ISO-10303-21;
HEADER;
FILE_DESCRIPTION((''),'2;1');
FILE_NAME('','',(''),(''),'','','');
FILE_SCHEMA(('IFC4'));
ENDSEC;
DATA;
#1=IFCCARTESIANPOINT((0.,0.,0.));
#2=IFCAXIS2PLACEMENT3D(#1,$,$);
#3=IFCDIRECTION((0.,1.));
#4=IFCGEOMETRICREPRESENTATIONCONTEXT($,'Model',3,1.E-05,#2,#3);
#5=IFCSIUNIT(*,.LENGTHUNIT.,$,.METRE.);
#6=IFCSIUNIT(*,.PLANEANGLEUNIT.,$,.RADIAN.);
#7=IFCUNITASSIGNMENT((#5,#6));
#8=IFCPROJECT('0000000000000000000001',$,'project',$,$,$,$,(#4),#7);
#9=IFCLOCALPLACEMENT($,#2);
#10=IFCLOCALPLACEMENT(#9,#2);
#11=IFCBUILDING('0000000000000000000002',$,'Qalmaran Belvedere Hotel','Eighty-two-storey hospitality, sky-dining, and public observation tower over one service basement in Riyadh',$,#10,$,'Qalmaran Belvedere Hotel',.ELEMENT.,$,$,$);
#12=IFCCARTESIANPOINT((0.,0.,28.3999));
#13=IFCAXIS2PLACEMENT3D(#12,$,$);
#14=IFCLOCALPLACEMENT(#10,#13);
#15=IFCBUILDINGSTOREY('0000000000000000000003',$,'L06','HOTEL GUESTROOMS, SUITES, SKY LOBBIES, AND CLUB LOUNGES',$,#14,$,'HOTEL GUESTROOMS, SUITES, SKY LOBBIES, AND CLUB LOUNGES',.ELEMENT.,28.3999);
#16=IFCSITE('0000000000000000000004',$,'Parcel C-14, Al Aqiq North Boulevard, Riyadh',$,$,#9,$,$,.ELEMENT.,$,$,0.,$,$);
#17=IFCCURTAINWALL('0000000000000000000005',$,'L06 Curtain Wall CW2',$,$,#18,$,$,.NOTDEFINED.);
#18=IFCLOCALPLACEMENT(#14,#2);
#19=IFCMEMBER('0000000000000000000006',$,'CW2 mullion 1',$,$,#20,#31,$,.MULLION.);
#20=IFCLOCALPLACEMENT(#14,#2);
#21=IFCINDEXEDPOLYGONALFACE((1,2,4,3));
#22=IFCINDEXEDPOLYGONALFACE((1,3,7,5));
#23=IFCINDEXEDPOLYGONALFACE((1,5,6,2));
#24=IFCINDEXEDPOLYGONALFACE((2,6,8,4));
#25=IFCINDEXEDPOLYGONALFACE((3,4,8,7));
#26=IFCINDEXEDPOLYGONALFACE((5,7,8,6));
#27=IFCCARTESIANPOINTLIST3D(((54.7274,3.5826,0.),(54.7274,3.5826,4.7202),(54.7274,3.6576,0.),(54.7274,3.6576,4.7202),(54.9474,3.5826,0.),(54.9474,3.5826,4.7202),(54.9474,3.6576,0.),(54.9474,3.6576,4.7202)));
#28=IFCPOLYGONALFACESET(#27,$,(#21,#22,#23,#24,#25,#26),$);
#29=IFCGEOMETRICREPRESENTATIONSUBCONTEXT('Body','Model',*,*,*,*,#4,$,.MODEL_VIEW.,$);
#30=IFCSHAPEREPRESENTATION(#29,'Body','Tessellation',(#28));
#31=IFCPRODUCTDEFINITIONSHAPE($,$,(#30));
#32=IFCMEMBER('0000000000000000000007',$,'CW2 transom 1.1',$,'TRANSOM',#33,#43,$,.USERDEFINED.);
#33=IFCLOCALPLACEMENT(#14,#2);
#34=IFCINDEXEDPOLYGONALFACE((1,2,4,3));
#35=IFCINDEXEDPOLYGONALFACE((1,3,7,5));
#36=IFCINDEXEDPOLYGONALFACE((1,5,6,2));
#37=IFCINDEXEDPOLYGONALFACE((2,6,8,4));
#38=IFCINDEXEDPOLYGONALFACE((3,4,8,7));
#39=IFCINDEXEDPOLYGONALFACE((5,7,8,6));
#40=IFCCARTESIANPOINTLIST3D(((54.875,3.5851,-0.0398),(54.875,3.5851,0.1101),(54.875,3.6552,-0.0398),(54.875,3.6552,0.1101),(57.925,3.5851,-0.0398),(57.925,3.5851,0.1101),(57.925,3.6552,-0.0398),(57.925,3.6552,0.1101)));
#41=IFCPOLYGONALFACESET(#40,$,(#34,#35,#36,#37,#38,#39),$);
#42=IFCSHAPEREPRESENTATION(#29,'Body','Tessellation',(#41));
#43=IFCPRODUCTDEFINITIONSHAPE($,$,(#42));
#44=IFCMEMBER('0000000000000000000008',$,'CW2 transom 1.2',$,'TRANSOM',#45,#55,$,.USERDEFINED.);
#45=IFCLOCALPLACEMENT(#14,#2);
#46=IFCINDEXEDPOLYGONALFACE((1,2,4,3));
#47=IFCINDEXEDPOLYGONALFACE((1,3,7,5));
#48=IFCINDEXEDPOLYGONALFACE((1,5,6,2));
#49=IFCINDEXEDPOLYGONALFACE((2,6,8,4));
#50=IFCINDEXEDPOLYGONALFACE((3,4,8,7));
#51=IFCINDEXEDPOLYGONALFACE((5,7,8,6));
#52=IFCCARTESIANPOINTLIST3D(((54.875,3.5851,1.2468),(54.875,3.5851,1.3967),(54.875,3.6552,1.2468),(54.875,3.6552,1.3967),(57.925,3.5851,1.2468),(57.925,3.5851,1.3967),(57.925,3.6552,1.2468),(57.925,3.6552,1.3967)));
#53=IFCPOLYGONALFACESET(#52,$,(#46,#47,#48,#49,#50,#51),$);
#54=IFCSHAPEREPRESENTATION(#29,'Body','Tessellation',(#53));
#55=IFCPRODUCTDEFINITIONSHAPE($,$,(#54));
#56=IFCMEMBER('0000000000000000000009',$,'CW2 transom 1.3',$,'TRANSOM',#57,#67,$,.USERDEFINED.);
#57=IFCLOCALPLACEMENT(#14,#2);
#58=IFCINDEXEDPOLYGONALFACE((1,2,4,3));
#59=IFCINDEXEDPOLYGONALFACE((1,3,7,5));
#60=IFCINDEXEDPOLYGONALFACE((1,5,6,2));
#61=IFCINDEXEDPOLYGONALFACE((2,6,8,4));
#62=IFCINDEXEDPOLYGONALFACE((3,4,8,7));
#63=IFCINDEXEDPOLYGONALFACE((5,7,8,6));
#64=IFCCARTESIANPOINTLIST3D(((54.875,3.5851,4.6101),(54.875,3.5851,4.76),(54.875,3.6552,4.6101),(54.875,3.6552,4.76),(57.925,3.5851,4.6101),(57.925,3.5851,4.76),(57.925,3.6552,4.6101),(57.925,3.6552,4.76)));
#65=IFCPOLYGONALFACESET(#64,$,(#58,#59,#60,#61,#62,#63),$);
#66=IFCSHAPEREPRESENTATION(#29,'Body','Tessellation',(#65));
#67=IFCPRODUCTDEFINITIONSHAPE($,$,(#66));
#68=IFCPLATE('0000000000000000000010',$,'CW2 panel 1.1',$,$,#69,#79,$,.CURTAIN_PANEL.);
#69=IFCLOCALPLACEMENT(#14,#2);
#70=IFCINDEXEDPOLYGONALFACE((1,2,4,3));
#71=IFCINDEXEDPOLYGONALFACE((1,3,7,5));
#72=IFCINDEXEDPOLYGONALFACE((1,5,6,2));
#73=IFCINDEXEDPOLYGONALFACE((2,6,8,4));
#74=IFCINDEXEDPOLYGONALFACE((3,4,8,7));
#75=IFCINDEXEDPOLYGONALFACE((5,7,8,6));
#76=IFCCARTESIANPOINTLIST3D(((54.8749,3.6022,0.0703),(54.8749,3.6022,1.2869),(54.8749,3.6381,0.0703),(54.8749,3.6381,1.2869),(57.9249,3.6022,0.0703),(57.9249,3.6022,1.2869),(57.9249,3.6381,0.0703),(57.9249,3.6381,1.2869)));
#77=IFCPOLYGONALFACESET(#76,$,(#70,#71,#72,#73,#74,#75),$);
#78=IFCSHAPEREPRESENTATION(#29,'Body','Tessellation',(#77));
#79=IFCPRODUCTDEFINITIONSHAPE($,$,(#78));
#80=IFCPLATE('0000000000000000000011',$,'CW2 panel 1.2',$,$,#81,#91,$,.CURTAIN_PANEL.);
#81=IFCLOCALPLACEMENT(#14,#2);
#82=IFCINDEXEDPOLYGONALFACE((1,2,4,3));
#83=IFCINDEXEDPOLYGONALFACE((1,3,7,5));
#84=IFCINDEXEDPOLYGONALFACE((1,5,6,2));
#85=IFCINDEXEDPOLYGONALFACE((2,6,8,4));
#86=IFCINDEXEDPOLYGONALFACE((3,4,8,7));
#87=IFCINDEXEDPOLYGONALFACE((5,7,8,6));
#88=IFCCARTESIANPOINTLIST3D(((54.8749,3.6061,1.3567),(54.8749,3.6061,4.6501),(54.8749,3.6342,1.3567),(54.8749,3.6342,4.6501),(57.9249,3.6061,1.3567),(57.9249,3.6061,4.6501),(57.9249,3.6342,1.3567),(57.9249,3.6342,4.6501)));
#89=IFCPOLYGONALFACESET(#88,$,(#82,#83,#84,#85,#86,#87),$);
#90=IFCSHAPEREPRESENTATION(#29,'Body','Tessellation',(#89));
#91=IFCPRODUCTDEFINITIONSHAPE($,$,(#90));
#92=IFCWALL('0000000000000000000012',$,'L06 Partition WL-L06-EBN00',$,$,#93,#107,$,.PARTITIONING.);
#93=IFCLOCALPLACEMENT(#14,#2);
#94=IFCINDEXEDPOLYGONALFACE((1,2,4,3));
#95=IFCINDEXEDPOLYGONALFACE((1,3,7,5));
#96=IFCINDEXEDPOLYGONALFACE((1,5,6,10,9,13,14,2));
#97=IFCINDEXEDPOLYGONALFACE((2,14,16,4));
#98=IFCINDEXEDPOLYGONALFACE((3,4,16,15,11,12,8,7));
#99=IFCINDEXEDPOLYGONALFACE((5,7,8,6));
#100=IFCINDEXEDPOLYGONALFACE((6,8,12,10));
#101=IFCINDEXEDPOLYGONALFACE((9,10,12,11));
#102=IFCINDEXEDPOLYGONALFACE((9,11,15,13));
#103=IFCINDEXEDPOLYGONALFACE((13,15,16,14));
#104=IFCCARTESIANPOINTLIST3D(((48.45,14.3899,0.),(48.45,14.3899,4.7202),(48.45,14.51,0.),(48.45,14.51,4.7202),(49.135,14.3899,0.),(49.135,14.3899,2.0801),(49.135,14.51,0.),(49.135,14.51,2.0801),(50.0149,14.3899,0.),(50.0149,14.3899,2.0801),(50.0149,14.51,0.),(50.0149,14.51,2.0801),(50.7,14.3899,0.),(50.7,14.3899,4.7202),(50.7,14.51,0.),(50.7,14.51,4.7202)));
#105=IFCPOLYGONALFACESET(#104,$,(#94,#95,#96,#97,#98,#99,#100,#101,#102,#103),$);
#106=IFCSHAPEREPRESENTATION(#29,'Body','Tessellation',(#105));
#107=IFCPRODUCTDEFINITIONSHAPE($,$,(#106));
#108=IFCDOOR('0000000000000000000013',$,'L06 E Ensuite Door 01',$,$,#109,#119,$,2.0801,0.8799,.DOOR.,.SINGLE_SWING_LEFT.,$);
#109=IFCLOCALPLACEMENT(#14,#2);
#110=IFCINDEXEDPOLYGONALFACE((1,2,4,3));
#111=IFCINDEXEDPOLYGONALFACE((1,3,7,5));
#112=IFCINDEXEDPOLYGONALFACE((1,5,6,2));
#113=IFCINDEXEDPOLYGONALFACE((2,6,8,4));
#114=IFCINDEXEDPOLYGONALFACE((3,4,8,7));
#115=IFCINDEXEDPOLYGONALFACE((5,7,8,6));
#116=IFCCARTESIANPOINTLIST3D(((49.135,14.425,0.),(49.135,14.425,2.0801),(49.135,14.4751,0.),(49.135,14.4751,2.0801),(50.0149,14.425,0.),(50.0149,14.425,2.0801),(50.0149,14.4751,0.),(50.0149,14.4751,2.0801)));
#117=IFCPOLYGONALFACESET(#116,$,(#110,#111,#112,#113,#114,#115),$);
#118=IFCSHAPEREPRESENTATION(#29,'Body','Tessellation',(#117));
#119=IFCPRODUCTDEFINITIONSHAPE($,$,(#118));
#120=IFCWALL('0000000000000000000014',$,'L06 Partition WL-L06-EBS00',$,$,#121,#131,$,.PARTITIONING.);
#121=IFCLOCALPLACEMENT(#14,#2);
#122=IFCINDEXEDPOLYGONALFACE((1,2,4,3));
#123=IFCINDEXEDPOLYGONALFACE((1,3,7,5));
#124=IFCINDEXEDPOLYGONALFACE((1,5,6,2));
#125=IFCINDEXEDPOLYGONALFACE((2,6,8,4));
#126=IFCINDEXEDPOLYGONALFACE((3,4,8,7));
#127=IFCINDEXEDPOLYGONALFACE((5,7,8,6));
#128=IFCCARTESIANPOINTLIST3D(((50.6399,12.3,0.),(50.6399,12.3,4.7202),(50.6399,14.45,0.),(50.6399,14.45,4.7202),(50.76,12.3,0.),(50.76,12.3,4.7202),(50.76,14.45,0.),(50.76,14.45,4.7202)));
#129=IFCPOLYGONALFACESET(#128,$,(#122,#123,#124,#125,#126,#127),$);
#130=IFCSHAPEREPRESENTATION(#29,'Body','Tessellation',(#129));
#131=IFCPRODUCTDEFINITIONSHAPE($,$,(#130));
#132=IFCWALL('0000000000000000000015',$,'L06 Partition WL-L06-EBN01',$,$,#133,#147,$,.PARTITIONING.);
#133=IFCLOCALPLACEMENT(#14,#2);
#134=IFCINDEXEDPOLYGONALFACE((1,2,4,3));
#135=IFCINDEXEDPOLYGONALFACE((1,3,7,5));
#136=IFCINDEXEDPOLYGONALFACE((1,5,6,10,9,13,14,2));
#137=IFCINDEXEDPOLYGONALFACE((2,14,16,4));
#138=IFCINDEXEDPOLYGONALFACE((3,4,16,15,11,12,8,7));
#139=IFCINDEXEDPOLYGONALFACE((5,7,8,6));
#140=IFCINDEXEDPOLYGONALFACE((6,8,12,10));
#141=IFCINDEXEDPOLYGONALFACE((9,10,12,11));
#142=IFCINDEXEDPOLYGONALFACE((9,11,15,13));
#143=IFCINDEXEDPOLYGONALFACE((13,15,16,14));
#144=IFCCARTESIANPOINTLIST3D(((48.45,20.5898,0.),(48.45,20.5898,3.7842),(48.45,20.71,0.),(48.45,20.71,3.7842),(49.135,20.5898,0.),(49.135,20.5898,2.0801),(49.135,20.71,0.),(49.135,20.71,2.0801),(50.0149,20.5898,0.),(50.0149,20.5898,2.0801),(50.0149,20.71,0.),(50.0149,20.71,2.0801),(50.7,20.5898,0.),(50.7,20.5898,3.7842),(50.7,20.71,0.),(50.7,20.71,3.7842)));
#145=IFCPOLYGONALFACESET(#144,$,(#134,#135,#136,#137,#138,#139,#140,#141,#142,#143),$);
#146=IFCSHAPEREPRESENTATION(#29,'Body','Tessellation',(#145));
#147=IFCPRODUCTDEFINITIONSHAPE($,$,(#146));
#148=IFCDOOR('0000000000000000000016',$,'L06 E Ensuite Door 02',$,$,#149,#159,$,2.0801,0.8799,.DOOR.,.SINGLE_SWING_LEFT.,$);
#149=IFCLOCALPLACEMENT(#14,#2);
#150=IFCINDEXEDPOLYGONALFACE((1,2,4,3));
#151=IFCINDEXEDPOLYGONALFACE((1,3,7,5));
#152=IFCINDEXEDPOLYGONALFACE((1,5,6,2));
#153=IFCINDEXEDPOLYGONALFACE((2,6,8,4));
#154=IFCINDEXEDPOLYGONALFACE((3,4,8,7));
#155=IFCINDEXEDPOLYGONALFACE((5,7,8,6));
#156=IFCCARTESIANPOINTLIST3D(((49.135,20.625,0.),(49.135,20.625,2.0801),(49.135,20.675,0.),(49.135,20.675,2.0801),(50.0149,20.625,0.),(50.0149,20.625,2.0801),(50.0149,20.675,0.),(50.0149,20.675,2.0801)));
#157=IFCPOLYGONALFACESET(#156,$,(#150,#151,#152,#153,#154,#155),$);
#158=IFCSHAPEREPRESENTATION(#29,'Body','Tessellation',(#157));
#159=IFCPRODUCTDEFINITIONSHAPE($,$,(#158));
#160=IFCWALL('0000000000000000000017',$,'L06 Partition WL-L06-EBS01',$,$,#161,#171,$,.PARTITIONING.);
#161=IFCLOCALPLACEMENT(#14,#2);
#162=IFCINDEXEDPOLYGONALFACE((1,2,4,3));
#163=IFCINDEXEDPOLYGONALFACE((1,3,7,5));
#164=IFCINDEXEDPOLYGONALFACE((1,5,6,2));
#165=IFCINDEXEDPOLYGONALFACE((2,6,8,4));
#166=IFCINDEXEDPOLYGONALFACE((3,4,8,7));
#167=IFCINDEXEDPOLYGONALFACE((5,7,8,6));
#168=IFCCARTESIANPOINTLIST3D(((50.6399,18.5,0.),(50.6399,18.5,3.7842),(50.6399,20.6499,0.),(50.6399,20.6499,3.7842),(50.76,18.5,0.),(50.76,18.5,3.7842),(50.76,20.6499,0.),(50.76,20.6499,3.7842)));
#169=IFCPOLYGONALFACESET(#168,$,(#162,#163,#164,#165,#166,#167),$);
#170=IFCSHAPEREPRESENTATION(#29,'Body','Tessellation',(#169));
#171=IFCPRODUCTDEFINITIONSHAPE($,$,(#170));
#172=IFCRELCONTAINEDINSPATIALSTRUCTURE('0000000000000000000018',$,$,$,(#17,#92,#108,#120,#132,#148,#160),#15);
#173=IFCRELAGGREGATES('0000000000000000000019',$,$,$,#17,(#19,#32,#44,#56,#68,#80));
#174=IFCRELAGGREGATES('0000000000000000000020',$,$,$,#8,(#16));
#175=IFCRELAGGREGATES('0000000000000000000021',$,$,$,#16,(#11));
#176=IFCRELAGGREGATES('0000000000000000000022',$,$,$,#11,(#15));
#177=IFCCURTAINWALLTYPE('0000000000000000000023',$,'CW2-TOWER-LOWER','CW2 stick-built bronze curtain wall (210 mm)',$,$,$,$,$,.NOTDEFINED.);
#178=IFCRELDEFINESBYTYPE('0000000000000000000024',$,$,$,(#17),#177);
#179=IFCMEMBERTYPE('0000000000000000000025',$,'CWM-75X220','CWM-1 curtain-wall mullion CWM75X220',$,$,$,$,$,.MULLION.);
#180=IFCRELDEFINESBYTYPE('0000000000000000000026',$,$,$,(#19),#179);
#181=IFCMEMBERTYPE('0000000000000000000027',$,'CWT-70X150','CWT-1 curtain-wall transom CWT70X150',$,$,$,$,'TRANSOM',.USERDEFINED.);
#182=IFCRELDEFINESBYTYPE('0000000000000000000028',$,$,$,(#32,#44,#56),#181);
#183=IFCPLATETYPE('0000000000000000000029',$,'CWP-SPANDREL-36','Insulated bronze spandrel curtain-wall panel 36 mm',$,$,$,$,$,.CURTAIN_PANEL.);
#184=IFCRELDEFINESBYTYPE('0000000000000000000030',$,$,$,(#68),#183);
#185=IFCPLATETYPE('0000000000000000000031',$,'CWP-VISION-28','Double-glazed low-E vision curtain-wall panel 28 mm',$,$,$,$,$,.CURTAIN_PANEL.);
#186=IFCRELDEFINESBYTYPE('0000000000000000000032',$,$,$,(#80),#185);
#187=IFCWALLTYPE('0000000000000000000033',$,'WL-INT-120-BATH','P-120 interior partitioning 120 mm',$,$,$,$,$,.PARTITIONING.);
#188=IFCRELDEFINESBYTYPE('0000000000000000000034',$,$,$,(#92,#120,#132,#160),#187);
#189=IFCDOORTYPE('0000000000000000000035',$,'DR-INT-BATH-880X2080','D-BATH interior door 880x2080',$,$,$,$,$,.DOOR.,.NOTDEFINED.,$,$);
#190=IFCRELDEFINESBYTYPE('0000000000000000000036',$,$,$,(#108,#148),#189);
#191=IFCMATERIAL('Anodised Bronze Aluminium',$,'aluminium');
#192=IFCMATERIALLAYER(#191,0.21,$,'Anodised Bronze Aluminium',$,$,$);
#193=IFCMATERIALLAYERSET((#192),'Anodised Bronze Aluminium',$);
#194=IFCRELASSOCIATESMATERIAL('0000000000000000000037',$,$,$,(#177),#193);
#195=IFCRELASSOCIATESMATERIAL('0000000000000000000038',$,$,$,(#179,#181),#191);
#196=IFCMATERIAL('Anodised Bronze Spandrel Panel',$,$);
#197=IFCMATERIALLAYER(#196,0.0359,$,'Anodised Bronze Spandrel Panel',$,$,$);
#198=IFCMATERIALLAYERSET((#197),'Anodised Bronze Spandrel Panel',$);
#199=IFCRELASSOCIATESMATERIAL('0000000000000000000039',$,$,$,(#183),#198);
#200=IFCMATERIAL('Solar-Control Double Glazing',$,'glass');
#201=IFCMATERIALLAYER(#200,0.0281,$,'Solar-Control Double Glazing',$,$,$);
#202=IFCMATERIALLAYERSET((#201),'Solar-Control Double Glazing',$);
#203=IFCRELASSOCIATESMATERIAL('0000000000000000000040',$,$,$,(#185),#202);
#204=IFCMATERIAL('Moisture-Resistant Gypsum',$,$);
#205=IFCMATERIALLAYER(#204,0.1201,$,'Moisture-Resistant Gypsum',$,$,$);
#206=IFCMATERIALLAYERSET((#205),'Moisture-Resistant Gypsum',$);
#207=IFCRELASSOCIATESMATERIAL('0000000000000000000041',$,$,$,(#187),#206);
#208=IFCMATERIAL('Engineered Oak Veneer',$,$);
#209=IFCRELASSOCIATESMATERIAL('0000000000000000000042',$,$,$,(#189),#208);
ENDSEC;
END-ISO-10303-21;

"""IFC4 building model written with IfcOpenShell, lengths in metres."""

from ifc_helpers import new_model, si_unit, direction, frame, frame_2d, origin, origin_2d, place, context, subcontext, project, spatial, rectangle, extrude, material, layer, layer_set, material_profile, profile_set, type_object, element, fill, aggregate, save


model = new_model("IFC4")

# Units and contexts
model_context = context("Model", 3, precision=1e-05, world=origin(), true_north=direction((0.0, 1.0)))
body_context = subcontext(model_context, "Body", "Model", "MODEL_VIEW")
ifc_project = project(units=[si_unit("LENGTHUNIT", "METRE"), si_unit("PLANEANGLEUNIT", "RADIAN")], contexts=[model_context])

# Site, building, storey
site_placement = place(None, origin())
site = spatial("IfcSite", under=ifc_project, at=site_placement, Name="Parcel C-14, Al Aqiq North Boulevard, Riyadh", CompositionType="ELEMENT", RefElevation=0.0)
building_placement = place(site_placement, origin())
building = spatial("IfcBuilding", under=site, at=building_placement, Name="Qalmaran Belvedere Hotel", Description="Eighty-two-storey hospitality, sky-dining, and public observation tower over one service basement in Riyadh", LongName="Qalmaran Belvedere Hotel", CompositionType="ELEMENT")
storey_placement = place(building_placement, frame((0.0, 0.0, 28.3999)))
storey = spatial("IfcBuildingStorey", under=building, at=storey_placement, Name="L06", Description="HOTEL GUESTROOMS, SUITES, SKY LOBBIES, AND CLUB LOUNGES", LongName="HOTEL GUESTROOMS, SUITES, SKY LOBBIES, AND CLUB LOUNGES", CompositionType="ELEMENT", Elevation=28.3999)

# Curtain wall, members, plates
ifc_material_1 = material(Name="Anodised Bronze Aluminium", Category="aluminium")
ifc_layer_1 = layer(ifc_material_1, 0.21, Name="Anodised Bronze Aluminium")
ifc_layer_set_1 = layer_set([ifc_layer_1], Name="Anodised Bronze Aluminium")
curtain_wall_type = type_object("IfcCurtainWallType", Name="CW2-TOWER-LOWER", Description="CW2 stick-built bronze curtain wall (210 mm)", PredefinedType="NOTDEFINED", material=ifc_layer_set_1)
curtain_wall_placement = place(storey_placement, origin())
curtain_wall = element("IfcCurtainWall", 1, at=curtain_wall_placement, inside=storey, type_object=curtain_wall_type, Name="L06 Curtain Wall CW2", PredefinedType="NOTDEFINED")
ifc_material_profile_1 = material_profile(ifc_material_1, rectangle(XDim=0.075, YDim=0.22, at=origin_2d()), Name="CWM75X220")
ifc_profile_set_1 = profile_set([ifc_material_profile_1], Name="Anodised Bronze Aluminium")
member_type_1 = type_object("IfcMemberType", Name="CWM-75X220", Description="CWM-1 curtain-wall mullion CWM75X220", PredefinedType="MULLION", material=ifc_profile_set_1)
member_1_placement = place(storey_placement, frame((54.8374, 3.6201, 0.0), z_axis=(0.0, 0.0, 1.0), x_axis=(0.0, 1.0, 0.0)))
member_1 = element("IfcMember", 2, at=member_1_placement, type_object=member_type_1, Name="CW2 mullion 1", PredefinedType="MULLION", context=body_context, shape_type="SweptSolid", body=[
    extrude(rectangle(XDim=0.075, YDim=0.22, at=origin_2d()), origin(), (0.0, 0.0, 1.0), 4.7202),
])
ifc_material_profile_2 = material_profile(ifc_material_1, rectangle(XDim=0.0701, YDim=0.1499, at=origin_2d()), Name="CWT70X150")
ifc_profile_set_2 = profile_set([ifc_material_profile_2], Name="Anodised Bronze Aluminium")
member_type_2 = type_object("IfcMemberType", Name="CWT-70X150", Description="CWT-1 curtain-wall transom CWT70X150", ElementType="TRANSOM", PredefinedType="USERDEFINED", material=ifc_profile_set_2)
member_2_placement = place(storey_placement, frame((54.875, 3.6201, 0.0352), z_axis=(1.0, 0.0, 0.0), x_axis=(0.0, 1.0, 0.0)))
member_2 = element("IfcMember", 3, at=member_2_placement, type_object=member_type_2, Name="CW2 transom 1.1", ObjectType="TRANSOM", PredefinedType="USERDEFINED", context=body_context, shape_type="SweptSolid", body=[
    extrude(rectangle(XDim=0.0701, YDim=0.1499, at=origin_2d()), origin(), (0.0, 0.0, 1.0), 3.05),
])
member_3_placement = place(storey_placement, frame((54.875, 3.6201, 1.3218), z_axis=(1.0, 0.0, 0.0), x_axis=(0.0, 1.0, 0.0)))
member_3 = element("IfcMember", 4, at=member_3_placement, type_object=member_type_2, Name="CW2 transom 1.2", ObjectType="TRANSOM", PredefinedType="USERDEFINED", context=body_context, shape_type="SweptSolid", body=[
    extrude(rectangle(XDim=0.0701, YDim=0.1499, at=origin_2d()), origin(), (0.0, 0.0, 1.0), 3.05),
])
member_4_placement = place(storey_placement, frame((54.875, 3.6201, 4.6851), z_axis=(1.0, 0.0, 0.0), x_axis=(0.0, 1.0, 0.0)))
member_4 = element("IfcMember", 5, at=member_4_placement, type_object=member_type_2, Name="CW2 transom 1.3", ObjectType="TRANSOM", PredefinedType="USERDEFINED", context=body_context, shape_type="SweptSolid", body=[
    extrude(rectangle(XDim=0.0701, YDim=0.1499, at=origin_2d()), origin(), (0.0, 0.0, 1.0), 3.05),
])
ifc_material_2 = material(Name="Anodised Bronze Spandrel Panel")
ifc_layer_2 = layer(ifc_material_2, 0.0359, Name="Anodised Bronze Spandrel Panel")
ifc_layer_set_2 = layer_set([ifc_layer_2], Name="Anodised Bronze Spandrel Panel")
plate_type_1 = type_object("IfcPlateType", Name="CWP-SPANDREL-36", Description="Insulated bronze spandrel curtain-wall panel 36 mm", PredefinedType="CURTAIN_PANEL", material=ifc_layer_set_2)
plate_1_placement = place(storey_placement, frame((56.3999, 3.6201, 0.0703), z_axis=(0.0, 0.0, 1.0), x_axis=(1.0, 0.0, 0.0)))
plate_1 = element("IfcPlate", 6, at=plate_1_placement, type_object=plate_type_1, Name="CW2 panel 1.1", PredefinedType="CURTAIN_PANEL", context=body_context, shape_type="SweptSolid", body=[
    extrude(rectangle(XDim=3.05, YDim=0.0359, at=origin_2d()), origin(), (0.0, 0.0, 1.0), 1.2166),
])
ifc_material_3 = material(Name="Solar-Control Double Glazing", Category="glass")
ifc_layer_3 = layer(ifc_material_3, 0.0281, Name="Solar-Control Double Glazing")
ifc_layer_set_3 = layer_set([ifc_layer_3], Name="Solar-Control Double Glazing")
plate_type_2 = type_object("IfcPlateType", Name="CWP-VISION-28", Description="Double-glazed low-E vision curtain-wall panel 28 mm", PredefinedType="CURTAIN_PANEL", material=ifc_layer_set_3)
plate_2_placement = place(storey_placement, frame((56.3999, 3.6201, 1.3567), z_axis=(0.0, 0.0, 1.0), x_axis=(1.0, 0.0, 0.0)))
plate_2 = element("IfcPlate", 7, at=plate_2_placement, type_object=plate_type_2, Name="CW2 panel 1.2", PredefinedType="CURTAIN_PANEL", context=body_context, shape_type="SweptSolid", body=[
    extrude(rectangle(XDim=3.05, YDim=0.0281, at=origin_2d()), origin(), (0.0, 0.0, 1.0), 3.2935),
])
aggregate(curtain_wall, [member_1, member_2, member_3, member_4, plate_1, plate_2])

# Wall, opening, door
ifc_material_4 = material(Name="Moisture-Resistant Gypsum")
ifc_layer_4 = layer(ifc_material_4, 0.1201, Name="Moisture-Resistant Gypsum")
ifc_layer_set_4 = layer_set([ifc_layer_4], Name="Moisture-Resistant Gypsum")
wall_type_1 = type_object("IfcWallType", Name="WL-INT-120-BATH", Description="P-120 interior partitioning 120 mm", PredefinedType="PARTITIONING", material=ifc_layer_set_4)
wall_1_placement = place(storey_placement, frame((48.45, 14.45, 0.0), z_axis=(0.0, 0.0, 1.0), x_axis=(1.0, 0.0, 0.0)))
wall_1 = element("IfcWall", 8, at=wall_1_placement, inside=storey, type_object=wall_type_1, Name="L06 Partition WL-L06-EBN00", PredefinedType="PARTITIONING", context=body_context, shape_type="SweptSolid", body=[
    extrude(rectangle(XDim=2.25, YDim=0.1201, at=frame_2d((1.125, 0.0))), origin(), (0.0, 0.0, 1.0), 4.7202),
])
opening_1_placement = place(wall_1_placement, frame((1.5649, 0.0, 0.0), z_axis=(0.0, 0.0, 1.0), x_axis=(-1.0, 0.0, 0.0)))
opening_1 = element("IfcOpeningElement", 9, at=opening_1_placement, cuts=wall_1, PredefinedType="OPENING", context=body_context, shape_type="SweptSolid", body=[
    extrude(rectangle(XDim=0.8799, YDim=2.0801, at=frame_2d((0.4399, 1.04))), frame((0.0, 0.0701, 0.0), z_axis=(0.0, -1.0, 0.0), x_axis=(1.0, 0.0, 0.0)), (0.0, 0.0, 1.0), 0.1401),
])
ifc_material_5 = material(Name="Engineered Oak Veneer")
door_type_1 = type_object("IfcDoorType", Name="DR-INT-BATH-880X2080", Description="D-BATH interior door 880x2080", OperationType="NOTDEFINED", PredefinedType="DOOR", material=ifc_material_5)
door_1_placement = place(opening_1_placement, origin())
door_1 = element("IfcDoor", 10, at=door_1_placement, inside=storey, type_object=door_type_1, Name="L06 E Ensuite Door 01", OperationType="SINGLE_SWING_LEFT", OverallHeight=2.0801, OverallWidth=0.8799, PredefinedType="DOOR", context=body_context, shape_type="SweptSolid", body=[
    extrude(rectangle(XDim=0.8799, YDim=2.0801, at=frame_2d((0.4399, 1.04))), frame((0.0, 0.0249, 0.0), z_axis=(0.0, -1.0, 0.0), x_axis=(1.0, 0.0, 0.0)), (0.0, 0.0, 1.0), 0.05),
])
fill(opening_1, door_1)

# Wall
wall_2_placement = place(storey_placement, frame((50.7, 12.3, 0.0), z_axis=(0.0, 0.0, 1.0), x_axis=(0.0, 1.0, 0.0)))
element("IfcWall", 11, at=wall_2_placement, inside=storey, type_object=wall_type_1, Name="L06 Partition WL-L06-EBS00", PredefinedType="PARTITIONING", context=body_context, shape_type="SweptSolid", body=[
    extrude(rectangle(XDim=2.1499, YDim=0.1201, at=frame_2d((1.075, 0.0))), origin(), (0.0, 0.0, 1.0), 4.7202),
])

# Wall, opening, door
wall_3_placement = place(storey_placement, frame((48.45, 20.6499, 0.0), z_axis=(0.0, 0.0, 1.0), x_axis=(1.0, 0.0, 0.0)))
wall_3 = element("IfcWall", 12, at=wall_3_placement, inside=storey, type_object=wall_type_1, Name="L06 Partition WL-L06-EBN01", PredefinedType="PARTITIONING", context=body_context, shape_type="SweptSolid", body=[
    extrude(rectangle(XDim=2.25, YDim=0.1201, at=frame_2d((1.125, 0.0))), origin(), (0.0, 0.0, 1.0), 3.7842),
])
opening_2_placement = place(wall_3_placement, frame((1.5649, 0.0, 0.0), z_axis=(0.0, 0.0, 1.0), x_axis=(-1.0, 0.0, 0.0)))
opening_2 = element("IfcOpeningElement", 13, at=opening_2_placement, cuts=wall_3, PredefinedType="OPENING", context=body_context, shape_type="SweptSolid", body=[
    extrude(rectangle(XDim=0.8799, YDim=2.0801, at=frame_2d((0.4399, 1.04))), frame((0.0, 0.0701, 0.0), z_axis=(0.0, -1.0, 0.0), x_axis=(1.0, 0.0, 0.0)), (0.0, 0.0, 1.0), 0.1401),
])
door_2_placement = place(opening_2_placement, origin())
door_2 = element("IfcDoor", 14, at=door_2_placement, inside=storey, type_object=door_type_1, Name="L06 E Ensuite Door 02", OperationType="SINGLE_SWING_LEFT", OverallHeight=2.0801, OverallWidth=0.8799, PredefinedType="DOOR", context=body_context, shape_type="SweptSolid", body=[
    extrude(rectangle(XDim=0.8799, YDim=2.0801, at=frame_2d((0.4399, 1.04))), frame((0.0, 0.0249, 0.0), z_axis=(0.0, -1.0, 0.0), x_axis=(1.0, 0.0, 0.0)), (0.0, 0.0, 1.0), 0.05),
])
fill(opening_2, door_2)

# Wall
wall_4_placement = place(storey_placement, frame((50.7, 18.5, 0.0), z_axis=(0.0, 0.0, 1.0), x_axis=(0.0, 1.0, 0.0)))
element("IfcWall", 15, at=wall_4_placement, inside=storey, type_object=wall_type_1, Name="L06 Partition WL-L06-EBS01", PredefinedType="PARTITIONING", context=body_context, shape_type="SweptSolid", body=[
    extrude(rectangle(XDim=2.1499, YDim=0.1201, at=frame_2d((1.075, 0.0))), origin(), (0.0, 0.0, 1.0), 3.7842),
])

save(model, "model.ifc")
